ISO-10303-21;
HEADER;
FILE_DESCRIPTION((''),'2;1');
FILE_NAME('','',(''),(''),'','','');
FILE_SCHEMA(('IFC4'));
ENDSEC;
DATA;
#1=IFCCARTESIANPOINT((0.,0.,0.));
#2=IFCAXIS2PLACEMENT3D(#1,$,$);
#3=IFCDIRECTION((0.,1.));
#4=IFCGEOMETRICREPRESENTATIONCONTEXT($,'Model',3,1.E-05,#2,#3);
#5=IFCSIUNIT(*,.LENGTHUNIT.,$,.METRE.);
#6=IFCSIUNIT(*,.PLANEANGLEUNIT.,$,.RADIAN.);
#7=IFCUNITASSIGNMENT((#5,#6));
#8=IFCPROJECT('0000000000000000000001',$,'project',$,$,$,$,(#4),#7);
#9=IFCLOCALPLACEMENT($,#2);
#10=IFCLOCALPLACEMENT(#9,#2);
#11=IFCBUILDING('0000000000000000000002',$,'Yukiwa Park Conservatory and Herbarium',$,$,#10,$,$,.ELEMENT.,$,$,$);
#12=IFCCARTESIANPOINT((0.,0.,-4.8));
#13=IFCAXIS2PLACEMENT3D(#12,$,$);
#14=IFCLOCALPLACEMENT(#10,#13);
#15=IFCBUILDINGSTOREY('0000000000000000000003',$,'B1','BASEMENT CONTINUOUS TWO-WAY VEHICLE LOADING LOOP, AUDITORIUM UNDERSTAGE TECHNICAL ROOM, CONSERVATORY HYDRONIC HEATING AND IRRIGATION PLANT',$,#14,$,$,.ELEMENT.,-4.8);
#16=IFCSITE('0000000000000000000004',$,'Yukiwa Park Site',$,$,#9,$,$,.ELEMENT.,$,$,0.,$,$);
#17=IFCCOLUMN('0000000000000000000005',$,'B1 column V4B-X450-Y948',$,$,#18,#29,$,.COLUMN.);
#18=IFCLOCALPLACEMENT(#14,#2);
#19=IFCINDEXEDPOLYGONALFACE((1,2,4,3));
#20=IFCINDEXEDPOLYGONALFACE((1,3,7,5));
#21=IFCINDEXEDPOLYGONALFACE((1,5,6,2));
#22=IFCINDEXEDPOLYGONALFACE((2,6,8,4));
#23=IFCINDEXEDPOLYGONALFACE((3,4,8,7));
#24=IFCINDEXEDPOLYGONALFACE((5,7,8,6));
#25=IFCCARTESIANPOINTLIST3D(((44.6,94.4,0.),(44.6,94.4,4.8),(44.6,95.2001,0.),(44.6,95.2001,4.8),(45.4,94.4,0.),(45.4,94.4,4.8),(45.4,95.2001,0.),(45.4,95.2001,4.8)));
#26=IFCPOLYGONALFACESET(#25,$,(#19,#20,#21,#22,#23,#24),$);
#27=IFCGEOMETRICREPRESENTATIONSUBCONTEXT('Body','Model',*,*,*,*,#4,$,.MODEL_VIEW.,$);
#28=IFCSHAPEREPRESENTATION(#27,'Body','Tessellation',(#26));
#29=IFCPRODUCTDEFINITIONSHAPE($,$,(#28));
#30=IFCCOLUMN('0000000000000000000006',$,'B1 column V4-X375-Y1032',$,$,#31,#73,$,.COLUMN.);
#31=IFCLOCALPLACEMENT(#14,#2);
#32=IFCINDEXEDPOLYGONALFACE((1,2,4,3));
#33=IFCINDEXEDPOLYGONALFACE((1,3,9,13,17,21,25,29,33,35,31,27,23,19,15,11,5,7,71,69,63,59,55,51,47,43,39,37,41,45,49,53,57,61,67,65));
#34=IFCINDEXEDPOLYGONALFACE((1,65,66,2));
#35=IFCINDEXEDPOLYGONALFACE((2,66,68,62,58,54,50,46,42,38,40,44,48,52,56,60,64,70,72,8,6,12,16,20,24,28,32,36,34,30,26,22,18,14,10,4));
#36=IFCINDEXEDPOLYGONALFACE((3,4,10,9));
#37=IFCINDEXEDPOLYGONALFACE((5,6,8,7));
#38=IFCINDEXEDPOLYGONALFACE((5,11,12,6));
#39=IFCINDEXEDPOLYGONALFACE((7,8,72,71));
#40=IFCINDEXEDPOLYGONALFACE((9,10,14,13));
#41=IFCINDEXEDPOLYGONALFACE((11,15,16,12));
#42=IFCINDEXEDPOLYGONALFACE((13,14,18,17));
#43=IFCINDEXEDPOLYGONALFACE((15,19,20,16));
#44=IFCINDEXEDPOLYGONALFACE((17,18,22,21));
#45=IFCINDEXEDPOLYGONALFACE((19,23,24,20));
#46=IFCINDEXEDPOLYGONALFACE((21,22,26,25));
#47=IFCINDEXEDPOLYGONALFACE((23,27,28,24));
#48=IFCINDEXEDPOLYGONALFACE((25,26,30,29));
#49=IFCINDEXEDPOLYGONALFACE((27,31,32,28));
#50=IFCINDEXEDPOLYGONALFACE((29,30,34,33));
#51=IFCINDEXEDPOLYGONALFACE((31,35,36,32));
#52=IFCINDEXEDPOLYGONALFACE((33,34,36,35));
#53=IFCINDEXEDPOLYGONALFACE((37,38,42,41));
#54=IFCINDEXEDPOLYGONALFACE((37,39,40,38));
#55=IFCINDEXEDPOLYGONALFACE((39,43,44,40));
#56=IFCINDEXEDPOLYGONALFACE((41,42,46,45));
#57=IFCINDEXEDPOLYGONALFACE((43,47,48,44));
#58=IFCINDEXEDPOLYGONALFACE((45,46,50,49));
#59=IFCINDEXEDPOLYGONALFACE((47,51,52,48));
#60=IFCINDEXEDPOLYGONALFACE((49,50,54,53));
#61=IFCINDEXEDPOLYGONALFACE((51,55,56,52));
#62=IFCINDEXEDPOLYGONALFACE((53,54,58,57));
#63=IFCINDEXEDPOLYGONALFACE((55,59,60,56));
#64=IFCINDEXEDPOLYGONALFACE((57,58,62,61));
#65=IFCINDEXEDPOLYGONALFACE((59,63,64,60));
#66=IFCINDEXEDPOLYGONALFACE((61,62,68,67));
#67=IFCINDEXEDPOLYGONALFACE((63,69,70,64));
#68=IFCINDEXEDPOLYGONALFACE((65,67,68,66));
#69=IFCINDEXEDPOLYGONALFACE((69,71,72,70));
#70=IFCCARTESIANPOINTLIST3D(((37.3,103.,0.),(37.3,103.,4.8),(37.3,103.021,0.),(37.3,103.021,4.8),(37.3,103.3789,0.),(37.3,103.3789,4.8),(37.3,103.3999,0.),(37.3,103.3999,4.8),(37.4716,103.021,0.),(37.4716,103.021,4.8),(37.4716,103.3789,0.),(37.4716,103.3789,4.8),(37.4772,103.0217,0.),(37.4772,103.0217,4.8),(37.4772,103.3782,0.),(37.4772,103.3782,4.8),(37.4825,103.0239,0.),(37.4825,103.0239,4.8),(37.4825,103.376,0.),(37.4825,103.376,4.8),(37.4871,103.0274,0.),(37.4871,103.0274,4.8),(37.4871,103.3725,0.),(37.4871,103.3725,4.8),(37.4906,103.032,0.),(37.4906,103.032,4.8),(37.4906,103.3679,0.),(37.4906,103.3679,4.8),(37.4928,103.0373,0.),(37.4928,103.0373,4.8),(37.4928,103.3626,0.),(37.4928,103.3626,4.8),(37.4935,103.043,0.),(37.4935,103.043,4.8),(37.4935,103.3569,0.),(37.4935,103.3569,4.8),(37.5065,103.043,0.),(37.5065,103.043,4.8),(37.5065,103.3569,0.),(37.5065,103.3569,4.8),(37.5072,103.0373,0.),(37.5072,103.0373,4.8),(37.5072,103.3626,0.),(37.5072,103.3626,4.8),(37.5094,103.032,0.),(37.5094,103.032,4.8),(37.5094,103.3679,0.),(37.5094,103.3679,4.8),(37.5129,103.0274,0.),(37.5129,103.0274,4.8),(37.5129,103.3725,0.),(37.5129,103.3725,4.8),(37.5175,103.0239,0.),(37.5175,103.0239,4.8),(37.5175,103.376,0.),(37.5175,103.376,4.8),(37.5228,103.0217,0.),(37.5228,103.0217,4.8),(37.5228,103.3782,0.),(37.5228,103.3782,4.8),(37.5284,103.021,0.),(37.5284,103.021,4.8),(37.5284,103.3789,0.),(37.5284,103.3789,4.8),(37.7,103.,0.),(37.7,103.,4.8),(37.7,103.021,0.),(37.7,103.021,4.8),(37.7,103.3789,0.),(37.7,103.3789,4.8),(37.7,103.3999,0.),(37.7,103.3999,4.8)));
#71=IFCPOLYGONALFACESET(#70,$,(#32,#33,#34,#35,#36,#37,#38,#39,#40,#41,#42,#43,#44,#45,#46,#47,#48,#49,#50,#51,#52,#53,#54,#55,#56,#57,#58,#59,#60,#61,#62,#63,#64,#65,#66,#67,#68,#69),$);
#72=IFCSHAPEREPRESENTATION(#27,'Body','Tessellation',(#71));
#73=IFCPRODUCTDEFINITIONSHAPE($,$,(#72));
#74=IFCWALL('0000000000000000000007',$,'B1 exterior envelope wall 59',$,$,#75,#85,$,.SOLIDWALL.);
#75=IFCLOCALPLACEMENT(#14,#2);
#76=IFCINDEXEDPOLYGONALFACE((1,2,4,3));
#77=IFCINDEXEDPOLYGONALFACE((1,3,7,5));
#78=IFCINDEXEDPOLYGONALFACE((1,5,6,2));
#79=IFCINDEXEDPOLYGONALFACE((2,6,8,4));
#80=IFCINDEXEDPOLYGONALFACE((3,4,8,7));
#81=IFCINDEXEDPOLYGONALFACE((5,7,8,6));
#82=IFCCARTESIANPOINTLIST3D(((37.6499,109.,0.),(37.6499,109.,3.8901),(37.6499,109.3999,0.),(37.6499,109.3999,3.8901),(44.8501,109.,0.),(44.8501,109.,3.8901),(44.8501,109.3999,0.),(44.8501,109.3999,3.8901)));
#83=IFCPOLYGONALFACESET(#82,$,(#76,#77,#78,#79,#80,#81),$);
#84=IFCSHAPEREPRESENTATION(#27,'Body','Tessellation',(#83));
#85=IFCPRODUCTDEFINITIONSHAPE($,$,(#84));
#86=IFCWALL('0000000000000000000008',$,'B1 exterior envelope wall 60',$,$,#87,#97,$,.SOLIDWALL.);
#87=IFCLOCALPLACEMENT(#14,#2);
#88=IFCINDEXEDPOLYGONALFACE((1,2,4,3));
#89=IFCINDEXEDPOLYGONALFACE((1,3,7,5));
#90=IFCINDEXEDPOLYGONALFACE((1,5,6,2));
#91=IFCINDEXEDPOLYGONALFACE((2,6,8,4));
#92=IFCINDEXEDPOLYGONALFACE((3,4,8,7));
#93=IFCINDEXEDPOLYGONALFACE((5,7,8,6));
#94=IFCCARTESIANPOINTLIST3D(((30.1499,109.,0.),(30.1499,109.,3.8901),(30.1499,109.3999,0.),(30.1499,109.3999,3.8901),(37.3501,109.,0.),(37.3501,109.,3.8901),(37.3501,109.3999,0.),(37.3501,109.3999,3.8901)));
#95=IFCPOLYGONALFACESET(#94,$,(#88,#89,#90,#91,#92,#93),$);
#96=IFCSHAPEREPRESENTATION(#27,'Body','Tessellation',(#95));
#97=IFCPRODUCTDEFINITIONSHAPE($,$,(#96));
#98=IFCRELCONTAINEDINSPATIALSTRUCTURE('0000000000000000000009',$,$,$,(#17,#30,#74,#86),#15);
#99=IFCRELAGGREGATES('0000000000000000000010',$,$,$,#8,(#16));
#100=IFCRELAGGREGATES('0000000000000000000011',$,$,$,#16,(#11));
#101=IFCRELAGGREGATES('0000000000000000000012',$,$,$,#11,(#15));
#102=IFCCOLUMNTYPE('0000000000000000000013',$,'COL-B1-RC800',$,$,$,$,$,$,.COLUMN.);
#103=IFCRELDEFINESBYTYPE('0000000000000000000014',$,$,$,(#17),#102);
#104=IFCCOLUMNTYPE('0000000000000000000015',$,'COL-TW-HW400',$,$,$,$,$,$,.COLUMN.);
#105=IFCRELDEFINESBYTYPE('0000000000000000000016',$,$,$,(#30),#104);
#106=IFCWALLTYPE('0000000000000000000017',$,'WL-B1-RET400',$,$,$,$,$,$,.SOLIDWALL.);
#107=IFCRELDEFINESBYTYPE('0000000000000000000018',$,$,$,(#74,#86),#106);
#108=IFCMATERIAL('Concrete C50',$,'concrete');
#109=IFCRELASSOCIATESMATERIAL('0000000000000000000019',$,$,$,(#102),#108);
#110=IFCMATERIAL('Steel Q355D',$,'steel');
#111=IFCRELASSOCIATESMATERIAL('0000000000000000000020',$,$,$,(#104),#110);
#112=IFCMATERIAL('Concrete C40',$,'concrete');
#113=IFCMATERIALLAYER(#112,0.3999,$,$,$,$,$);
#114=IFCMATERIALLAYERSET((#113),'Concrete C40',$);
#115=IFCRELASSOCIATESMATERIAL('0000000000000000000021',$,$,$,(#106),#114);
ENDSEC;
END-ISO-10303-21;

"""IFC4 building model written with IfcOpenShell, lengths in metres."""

from ifc_helpers import new_model, si_unit, direction, frame, frame_2d, origin, origin_2d, place, context, subcontext, project, spatial, rectangle, i_section, extrude, material, layer, layer_set, material_profile, profile_set, type_object, element, save


model = new_model("IFC4")

# Units and contexts
model_context = context("Model", 3, precision=1e-05, world=origin(), true_north=direction((0.0, 1.0)))
body_context = subcontext(model_context, "Body", "Model", "MODEL_VIEW")
ifc_project = project(units=[si_unit("LENGTHUNIT", "METRE"), si_unit("PLANEANGLEUNIT", "RADIAN")], contexts=[model_context])

# Site, building, storey
site_placement = place(None, origin())
site = spatial("IfcSite", under=ifc_project, at=site_placement, Name="Yukiwa Park Site", CompositionType="ELEMENT", RefElevation=0.0)
building_placement = place(site_placement, origin())
building = spatial("IfcBuilding", under=site, at=building_placement, Name="Yukiwa Park Conservatory and Herbarium", CompositionType="ELEMENT")
storey_placement = place(building_placement, frame((0.0, 0.0, -4.8)))
storey = spatial("IfcBuildingStorey", under=building, at=storey_placement, Name="B1", Description="BASEMENT CONTINUOUS TWO-WAY VEHICLE LOADING LOOP, AUDITORIUM UNDERSTAGE TECHNICAL ROOM, CONSERVATORY HYDRONIC HEATING AND IRRIGATION PLANT", CompositionType="ELEMENT", Elevation=-4.8)

# Columns
ifc_material_1 = material(Name="Concrete C50", Category="concrete")
ifc_material_profile_1 = material_profile(ifc_material_1, rectangle(XDim=0.8, YDim=0.8, at=origin_2d()), Name="RC 800x800")
ifc_profile_set_1 = profile_set([ifc_material_profile_1], Name="Concrete C50")
column_type_1 = type_object("IfcColumnType", Name="COL-B1-RC800", PredefinedType="COLUMN", material=ifc_profile_set_1)
for number, where, z_axis, x_axis, name in (
    (1, (45.0, 94.8, 0.0), (0.0, 0.0, 1.0), (1.0, 0.0, 0.0), "B1 column V4B-X450-Y948"),
):
    element("IfcColumn", number, at=place(storey_placement, frame(where, z_axis=z_axis, x_axis=x_axis)), inside=storey, type_object=column_type_1, Name=name, PredefinedType="COLUMN", context=body_context, shape_type="SweptSolid", body=[
        extrude(rectangle(XDim=0.8, YDim=0.8, at=origin_2d()), origin(), (0.0, 0.0, 1.0), 4.8),
    ])
ifc_material_2 = material(Name="Steel Q355D", Category="steel")
ifc_material_profile_2 = material_profile(ifc_material_2, i_section(OverallWidth=0.3999, OverallDepth=0.3999, WebThickness=0.0129, FlangeThickness=0.021, FilletRadius=0.022, at=origin_2d()), Name="HW 400x400x13x21")
ifc_profile_set_2 = profile_set([ifc_material_profile_2], Name="Steel Q355D")
column_type_2 = type_object("IfcColumnType", Name="COL-TW-HW400", PredefinedType="COLUMN", material=ifc_profile_set_2)
column_1_placement = place(storey_placement, frame((37.5, 103.2, 0.0), z_axis=(0.0, 0.0, 1.0), x_axis=(1.0, 0.0, 0.0)))
element("IfcColumn", 2, at=column_1_placement, inside=storey, type_object=column_type_2, Name="B1 column V4-X375-Y1032", PredefinedType="COLUMN", context=body_context, shape_type="SweptSolid", body=[
    extrude(i_section(OverallWidth=0.3999, OverallDepth=0.3999, WebThickness=0.0129, FlangeThickness=0.021, FilletRadius=0.022, at=origin_2d()), origin(), (0.0, 0.0, 1.0), 4.8),
])

# Walls
ifc_material_3 = material(Name="Concrete C40", Category="concrete")
ifc_layer = layer(ifc_material_3, 0.3999)
ifc_layer_set = layer_set([ifc_layer], Name="Concrete C40")
wall_type = type_object("IfcWallType", Name="WL-B1-RET400", PredefinedType="SOLIDWALL", material=ifc_layer_set)
for number, where, z_axis, x_axis, name in (
    (3, (44.8501, 109.2, 0.0), (0.0, 0.0, 1.0), (-1.0, 0.0, 0.0), "B1 exterior envelope wall 59"),
    (4, (37.3501, 109.2, 0.0), (0.0, 0.0, 1.0), (-1.0, 0.0, 0.0), "B1 exterior envelope wall 60"),
):
    element("IfcWall", number, at=place(storey_placement, frame(where, z_axis=z_axis, x_axis=x_axis)), inside=storey, type_object=wall_type, Name=name, PredefinedType="SOLIDWALL", context=body_context, shape_type="SweptSolid", body=[
        extrude(rectangle(XDim=7.2002, YDim=0.3999, at=frame_2d((3.6001, 0.0))), origin(), (0.0, 0.0, 1.0), 3.8901),
    ])

save(model, "model.ifc")
